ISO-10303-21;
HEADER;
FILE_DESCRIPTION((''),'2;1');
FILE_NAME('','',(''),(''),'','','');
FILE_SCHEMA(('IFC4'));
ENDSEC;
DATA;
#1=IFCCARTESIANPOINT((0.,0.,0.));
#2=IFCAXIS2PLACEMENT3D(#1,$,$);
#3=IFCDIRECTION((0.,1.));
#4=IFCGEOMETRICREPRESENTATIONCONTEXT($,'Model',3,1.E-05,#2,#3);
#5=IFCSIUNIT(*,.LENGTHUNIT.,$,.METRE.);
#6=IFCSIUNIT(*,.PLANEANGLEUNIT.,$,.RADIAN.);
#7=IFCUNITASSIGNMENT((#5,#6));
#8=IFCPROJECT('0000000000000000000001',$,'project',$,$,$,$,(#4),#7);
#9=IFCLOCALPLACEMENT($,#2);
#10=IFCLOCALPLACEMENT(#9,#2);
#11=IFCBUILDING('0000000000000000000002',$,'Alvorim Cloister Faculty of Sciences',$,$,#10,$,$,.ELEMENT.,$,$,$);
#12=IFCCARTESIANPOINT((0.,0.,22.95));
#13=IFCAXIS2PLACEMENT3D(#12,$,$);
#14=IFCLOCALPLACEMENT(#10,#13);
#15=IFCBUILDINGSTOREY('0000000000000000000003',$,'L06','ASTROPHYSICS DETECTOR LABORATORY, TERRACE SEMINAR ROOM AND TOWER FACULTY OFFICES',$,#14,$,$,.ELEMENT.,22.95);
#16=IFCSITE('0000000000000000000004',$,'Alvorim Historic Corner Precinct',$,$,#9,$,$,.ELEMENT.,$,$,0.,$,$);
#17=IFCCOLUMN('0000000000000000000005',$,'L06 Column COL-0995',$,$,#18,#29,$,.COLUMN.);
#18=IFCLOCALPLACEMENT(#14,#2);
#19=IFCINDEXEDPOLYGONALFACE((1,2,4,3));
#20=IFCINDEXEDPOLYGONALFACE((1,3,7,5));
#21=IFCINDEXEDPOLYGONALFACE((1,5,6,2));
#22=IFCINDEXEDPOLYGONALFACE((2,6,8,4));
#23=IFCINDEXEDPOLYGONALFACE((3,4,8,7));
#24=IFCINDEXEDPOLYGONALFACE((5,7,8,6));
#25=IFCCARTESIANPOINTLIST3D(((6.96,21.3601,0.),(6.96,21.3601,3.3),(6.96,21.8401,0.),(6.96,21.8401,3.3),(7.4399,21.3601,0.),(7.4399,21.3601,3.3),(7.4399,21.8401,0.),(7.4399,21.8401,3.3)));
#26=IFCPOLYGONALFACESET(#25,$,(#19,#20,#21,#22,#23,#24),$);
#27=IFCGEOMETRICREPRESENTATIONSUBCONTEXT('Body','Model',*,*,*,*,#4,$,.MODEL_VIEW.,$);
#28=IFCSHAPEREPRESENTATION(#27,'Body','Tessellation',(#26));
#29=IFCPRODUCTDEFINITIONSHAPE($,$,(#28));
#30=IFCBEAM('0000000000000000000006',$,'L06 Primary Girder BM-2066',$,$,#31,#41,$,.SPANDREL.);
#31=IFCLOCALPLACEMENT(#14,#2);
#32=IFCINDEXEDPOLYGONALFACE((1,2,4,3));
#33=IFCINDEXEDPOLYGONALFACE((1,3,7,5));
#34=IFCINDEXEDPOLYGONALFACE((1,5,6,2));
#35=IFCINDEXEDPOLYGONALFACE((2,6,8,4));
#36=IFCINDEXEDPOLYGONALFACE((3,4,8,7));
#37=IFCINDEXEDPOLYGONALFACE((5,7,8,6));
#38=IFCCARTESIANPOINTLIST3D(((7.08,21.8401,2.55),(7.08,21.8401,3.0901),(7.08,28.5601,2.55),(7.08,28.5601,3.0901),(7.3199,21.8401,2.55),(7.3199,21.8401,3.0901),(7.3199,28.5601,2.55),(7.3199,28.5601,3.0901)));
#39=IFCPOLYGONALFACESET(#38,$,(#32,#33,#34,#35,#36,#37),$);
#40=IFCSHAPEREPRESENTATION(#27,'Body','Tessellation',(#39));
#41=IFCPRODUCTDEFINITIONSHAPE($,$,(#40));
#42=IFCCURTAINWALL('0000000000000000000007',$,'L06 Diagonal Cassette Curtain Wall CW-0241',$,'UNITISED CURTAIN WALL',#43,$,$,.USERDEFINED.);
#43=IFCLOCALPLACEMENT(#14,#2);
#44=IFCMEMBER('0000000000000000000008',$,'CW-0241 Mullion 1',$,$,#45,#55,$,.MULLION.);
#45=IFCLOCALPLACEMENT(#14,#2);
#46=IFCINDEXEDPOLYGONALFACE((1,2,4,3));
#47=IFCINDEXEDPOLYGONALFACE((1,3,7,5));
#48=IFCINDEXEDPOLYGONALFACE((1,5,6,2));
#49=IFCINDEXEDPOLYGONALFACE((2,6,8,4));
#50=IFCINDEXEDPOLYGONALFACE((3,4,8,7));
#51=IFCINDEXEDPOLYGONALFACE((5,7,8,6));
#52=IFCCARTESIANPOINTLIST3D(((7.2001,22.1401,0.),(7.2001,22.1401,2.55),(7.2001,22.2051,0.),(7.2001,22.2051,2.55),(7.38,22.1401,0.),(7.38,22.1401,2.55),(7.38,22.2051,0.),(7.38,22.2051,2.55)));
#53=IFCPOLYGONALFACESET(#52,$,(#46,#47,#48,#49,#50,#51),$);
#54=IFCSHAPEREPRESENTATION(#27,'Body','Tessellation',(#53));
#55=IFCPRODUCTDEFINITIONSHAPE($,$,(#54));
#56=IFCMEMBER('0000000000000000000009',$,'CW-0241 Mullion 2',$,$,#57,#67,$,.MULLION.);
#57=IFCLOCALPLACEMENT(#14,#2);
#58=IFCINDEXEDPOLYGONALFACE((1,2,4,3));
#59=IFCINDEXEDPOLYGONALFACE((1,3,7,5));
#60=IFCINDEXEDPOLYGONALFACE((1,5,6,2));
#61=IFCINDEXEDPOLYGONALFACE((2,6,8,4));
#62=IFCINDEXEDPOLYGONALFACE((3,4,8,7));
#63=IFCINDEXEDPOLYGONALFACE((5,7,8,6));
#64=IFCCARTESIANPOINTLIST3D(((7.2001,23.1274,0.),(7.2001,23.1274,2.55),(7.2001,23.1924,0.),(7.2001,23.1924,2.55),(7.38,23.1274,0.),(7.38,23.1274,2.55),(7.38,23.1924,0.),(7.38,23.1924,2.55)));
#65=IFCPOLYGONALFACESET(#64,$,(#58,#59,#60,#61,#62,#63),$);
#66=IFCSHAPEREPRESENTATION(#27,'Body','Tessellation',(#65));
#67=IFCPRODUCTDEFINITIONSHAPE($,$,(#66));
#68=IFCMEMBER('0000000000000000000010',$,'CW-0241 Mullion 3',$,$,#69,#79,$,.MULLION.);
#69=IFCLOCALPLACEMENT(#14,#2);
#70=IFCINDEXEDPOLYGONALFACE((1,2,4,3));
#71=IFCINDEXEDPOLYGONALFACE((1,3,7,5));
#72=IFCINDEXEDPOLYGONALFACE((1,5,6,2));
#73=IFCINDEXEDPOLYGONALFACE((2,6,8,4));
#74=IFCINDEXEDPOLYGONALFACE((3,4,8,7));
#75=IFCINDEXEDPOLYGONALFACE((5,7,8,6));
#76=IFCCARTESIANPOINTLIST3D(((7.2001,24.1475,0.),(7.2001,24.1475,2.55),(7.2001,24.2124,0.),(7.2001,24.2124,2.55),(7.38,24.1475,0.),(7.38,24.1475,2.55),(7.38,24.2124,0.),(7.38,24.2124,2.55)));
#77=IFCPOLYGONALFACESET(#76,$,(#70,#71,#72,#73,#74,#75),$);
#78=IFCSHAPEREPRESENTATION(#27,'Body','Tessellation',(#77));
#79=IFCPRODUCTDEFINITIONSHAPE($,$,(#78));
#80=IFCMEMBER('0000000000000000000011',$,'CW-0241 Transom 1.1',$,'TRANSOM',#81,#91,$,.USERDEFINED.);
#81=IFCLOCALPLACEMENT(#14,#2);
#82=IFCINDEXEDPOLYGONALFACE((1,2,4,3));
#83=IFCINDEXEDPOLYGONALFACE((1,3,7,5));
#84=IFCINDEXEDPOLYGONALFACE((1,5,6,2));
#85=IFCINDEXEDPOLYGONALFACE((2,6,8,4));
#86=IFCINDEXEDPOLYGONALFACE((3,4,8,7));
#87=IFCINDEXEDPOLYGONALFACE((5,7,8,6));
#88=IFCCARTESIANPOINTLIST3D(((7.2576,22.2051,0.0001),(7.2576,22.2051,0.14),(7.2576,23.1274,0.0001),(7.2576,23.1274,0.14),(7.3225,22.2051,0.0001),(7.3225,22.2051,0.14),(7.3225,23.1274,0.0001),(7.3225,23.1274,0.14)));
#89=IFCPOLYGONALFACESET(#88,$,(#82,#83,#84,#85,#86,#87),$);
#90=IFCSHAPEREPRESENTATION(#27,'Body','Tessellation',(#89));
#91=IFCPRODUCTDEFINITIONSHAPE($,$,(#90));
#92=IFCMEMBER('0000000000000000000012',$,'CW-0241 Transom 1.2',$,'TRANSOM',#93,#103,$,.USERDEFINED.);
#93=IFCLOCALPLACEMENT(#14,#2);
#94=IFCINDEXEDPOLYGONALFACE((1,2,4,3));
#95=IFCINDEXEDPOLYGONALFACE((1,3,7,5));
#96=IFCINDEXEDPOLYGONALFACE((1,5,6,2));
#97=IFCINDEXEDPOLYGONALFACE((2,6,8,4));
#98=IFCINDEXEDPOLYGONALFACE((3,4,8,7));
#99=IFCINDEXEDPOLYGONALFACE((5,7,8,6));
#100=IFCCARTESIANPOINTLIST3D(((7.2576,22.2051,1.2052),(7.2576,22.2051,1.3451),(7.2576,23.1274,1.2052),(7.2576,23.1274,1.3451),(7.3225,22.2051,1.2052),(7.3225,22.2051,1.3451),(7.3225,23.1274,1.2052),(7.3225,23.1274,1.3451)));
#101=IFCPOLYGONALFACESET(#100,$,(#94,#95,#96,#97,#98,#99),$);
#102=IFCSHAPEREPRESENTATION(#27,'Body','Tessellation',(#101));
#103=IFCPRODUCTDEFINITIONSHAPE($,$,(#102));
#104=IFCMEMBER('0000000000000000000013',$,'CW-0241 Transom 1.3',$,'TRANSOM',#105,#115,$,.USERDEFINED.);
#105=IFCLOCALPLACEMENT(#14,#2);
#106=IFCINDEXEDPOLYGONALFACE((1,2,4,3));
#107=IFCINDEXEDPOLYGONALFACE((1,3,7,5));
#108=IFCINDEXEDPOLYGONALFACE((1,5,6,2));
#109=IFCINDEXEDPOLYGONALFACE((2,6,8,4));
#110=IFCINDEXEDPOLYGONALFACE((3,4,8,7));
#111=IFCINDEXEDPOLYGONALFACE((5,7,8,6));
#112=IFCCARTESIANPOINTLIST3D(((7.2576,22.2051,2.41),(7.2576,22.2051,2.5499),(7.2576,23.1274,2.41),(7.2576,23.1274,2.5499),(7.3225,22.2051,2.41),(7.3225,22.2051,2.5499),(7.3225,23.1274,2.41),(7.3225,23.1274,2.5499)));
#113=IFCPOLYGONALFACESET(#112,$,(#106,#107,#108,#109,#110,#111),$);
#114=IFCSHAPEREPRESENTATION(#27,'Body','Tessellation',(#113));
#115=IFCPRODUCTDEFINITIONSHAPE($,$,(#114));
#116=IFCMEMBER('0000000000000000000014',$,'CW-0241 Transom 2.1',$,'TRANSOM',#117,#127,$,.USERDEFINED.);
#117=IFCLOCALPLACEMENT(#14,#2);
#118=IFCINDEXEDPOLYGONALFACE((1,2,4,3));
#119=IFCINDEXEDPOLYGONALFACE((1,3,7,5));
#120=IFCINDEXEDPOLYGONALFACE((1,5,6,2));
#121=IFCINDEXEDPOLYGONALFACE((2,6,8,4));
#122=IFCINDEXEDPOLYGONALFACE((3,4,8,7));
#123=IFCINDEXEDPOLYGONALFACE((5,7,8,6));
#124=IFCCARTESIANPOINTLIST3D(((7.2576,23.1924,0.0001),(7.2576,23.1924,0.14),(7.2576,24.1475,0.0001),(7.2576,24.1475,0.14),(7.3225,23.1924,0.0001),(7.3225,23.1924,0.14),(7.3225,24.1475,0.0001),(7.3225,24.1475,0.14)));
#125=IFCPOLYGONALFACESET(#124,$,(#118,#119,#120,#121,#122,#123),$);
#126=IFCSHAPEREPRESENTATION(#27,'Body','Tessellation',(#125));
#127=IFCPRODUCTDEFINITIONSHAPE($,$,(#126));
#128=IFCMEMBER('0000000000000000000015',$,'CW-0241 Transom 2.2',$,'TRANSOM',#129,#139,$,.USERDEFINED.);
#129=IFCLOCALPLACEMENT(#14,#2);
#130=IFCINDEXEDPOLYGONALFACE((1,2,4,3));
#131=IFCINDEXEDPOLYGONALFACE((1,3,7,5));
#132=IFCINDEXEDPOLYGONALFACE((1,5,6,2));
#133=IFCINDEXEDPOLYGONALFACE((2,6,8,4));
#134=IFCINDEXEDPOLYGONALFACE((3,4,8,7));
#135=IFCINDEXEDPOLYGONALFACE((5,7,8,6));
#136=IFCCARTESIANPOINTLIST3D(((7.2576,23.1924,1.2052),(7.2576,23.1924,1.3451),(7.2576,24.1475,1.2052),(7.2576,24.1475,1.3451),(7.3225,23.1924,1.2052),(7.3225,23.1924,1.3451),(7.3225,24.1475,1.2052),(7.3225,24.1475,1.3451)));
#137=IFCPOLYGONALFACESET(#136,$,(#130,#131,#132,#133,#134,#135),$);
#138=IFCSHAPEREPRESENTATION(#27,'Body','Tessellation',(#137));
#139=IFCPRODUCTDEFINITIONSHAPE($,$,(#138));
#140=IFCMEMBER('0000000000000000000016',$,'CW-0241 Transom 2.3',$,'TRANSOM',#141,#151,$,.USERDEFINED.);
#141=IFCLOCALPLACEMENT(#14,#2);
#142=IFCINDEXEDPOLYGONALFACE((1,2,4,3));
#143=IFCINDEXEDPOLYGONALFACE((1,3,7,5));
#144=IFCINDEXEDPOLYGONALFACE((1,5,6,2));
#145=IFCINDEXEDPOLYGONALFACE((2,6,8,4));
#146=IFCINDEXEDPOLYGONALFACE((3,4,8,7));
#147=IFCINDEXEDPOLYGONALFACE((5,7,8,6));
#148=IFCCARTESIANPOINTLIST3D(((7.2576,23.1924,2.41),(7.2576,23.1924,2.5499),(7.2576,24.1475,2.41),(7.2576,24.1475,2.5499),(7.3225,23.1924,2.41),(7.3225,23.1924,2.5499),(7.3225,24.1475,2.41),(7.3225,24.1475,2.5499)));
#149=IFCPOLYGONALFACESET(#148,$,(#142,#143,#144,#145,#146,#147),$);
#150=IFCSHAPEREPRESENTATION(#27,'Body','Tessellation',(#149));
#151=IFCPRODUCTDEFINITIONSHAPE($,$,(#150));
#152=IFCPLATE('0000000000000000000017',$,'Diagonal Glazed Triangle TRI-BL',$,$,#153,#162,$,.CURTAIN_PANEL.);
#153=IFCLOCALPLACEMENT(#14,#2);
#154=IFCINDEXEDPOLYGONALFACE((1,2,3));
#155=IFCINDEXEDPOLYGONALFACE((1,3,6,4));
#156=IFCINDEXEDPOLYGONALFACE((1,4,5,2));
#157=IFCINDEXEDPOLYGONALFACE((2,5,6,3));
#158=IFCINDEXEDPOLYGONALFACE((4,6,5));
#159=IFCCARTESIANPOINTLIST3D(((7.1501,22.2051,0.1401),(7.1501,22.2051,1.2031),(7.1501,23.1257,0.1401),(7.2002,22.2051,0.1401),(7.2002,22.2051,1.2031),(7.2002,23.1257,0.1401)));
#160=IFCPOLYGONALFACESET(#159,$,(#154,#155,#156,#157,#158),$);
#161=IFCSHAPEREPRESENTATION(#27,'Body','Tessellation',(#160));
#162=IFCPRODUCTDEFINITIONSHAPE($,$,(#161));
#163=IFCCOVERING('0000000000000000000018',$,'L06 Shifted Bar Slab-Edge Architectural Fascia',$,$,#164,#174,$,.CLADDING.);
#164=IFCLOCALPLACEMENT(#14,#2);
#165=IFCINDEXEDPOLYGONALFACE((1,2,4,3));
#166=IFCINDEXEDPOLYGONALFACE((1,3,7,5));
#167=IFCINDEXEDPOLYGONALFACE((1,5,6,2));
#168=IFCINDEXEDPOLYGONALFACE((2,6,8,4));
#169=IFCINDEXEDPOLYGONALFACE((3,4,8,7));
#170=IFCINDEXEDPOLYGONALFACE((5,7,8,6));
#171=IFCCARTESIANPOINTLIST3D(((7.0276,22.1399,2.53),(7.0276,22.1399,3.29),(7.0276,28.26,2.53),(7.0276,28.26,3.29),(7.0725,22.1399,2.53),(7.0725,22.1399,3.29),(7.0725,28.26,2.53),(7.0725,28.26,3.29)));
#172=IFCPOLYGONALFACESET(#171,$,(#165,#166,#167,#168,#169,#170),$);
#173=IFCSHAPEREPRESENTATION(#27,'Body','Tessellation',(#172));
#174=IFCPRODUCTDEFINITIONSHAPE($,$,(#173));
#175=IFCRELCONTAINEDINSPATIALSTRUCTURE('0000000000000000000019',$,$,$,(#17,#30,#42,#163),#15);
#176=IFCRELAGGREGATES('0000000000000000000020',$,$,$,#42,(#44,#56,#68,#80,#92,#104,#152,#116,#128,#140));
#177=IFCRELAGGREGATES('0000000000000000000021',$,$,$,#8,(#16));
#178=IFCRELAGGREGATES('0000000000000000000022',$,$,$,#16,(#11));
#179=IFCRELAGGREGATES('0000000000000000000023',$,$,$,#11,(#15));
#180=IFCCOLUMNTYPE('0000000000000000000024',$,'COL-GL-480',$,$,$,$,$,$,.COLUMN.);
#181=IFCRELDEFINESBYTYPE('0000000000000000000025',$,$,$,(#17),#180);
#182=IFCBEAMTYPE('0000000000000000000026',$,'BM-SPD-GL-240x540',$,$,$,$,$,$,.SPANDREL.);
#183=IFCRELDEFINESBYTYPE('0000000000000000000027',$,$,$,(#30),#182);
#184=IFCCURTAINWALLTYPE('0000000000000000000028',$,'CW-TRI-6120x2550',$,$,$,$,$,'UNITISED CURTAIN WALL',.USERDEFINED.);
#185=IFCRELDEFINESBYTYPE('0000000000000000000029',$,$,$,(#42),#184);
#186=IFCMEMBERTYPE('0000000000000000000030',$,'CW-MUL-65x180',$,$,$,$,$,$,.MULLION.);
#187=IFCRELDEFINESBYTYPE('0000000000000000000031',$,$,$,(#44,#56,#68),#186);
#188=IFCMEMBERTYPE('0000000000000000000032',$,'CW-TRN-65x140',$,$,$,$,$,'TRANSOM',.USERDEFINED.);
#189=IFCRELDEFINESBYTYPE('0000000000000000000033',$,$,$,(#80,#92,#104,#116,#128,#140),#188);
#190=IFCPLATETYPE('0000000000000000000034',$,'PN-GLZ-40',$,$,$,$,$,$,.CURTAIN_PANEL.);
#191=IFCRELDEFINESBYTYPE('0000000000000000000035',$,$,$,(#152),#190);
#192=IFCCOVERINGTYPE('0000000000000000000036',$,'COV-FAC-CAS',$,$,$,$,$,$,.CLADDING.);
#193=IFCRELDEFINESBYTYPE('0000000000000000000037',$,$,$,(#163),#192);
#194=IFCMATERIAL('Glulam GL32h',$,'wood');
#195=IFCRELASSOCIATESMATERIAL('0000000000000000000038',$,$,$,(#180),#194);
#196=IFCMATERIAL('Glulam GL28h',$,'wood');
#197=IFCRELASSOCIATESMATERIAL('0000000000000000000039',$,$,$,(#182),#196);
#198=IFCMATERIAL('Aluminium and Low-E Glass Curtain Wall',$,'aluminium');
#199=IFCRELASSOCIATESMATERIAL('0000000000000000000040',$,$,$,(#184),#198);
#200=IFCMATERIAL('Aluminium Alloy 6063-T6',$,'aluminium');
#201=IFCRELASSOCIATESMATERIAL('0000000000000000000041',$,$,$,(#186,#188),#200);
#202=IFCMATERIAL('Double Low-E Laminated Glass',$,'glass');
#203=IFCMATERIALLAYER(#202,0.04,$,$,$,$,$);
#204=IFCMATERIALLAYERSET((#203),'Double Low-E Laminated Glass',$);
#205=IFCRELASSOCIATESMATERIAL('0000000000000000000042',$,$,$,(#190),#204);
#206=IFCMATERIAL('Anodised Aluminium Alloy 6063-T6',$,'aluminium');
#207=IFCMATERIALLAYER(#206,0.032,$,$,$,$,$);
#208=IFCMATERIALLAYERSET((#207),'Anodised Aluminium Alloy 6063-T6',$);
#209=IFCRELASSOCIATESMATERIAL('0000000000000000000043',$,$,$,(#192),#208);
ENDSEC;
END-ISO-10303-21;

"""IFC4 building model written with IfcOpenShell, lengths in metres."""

from ifc_helpers import new_model, si_unit, direction, frame, origin, origin_2d, place, context, subcontext, project, spatial, polyline, rectangle, outline, extrude, material, layer, layer_set, material_profile, profile_set, type_object, element, aggregate, save


model = new_model("IFC4")

# Units and contexts
model_context = context("Model", 3, precision=1e-05, world=origin(), true_north=direction((0.0, 1.0)))
body_context = subcontext(model_context, "Body", "Model", "MODEL_VIEW")
ifc_project = project(units=[si_unit("LENGTHUNIT", "METRE"), si_unit("PLANEANGLEUNIT", "RADIAN")], contexts=[model_context])

# Site, building, storey
site_placement = place(None, origin())
site = spatial("IfcSite", under=ifc_project, at=site_placement, Name="Alvorim Historic Corner Precinct", CompositionType="ELEMENT", RefElevation=0.0)
building_placement = place(site_placement, origin())
building = spatial("IfcBuilding", under=site, at=building_placement, Name="Alvorim Cloister Faculty of Sciences", CompositionType="ELEMENT")
storey_placement = place(building_placement, frame((0.0, 0.0, 22.95)))
storey = spatial("IfcBuildingStorey", under=building, at=storey_placement, Name="L06", Description="ASTROPHYSICS DETECTOR LABORATORY, TERRACE SEMINAR ROOM AND TOWER FACULTY OFFICES", CompositionType="ELEMENT", Elevation=22.95)

# Column
ifc_material_1 = material(Name="Glulam GL32h", Category="wood")
ifc_material_profile_1 = material_profile(ifc_material_1, rectangle(XDim=0.48, YDim=0.48, at=origin_2d()), Name="GL32-COL-480x480")
ifc_profile_set_1 = profile_set([ifc_material_profile_1], Name="Glulam GL32h")
column_type = type_object("IfcColumnType", Name="COL-GL-480", PredefinedType="COLUMN", material=ifc_profile_set_1)
column_placement = place(storey_placement, frame((7.2, 21.6001, 0.0), z_axis=(0.0, 0.0, 1.0), x_axis=(1.0, 0.0, 0.0)))
element("IfcColumn", 1, at=column_placement, inside=storey, type_object=column_type, Name="L06 Column COL-0995", PredefinedType="COLUMN", context=body_context, shape_type="SweptSolid", body=[
    extrude(rectangle(XDim=0.48, YDim=0.48, at=origin_2d()), origin(), (0.0, 0.0, 1.0), 3.3),
])

# Beam
ifc_material_2 = material(Name="Glulam GL28h", Category="wood")
ifc_material_profile_2 = material_profile(ifc_material_2, rectangle(XDim=0.24, YDim=0.54, at=origin_2d()), Name="GL28-SPD-240x540")
ifc_profile_set_2 = profile_set([ifc_material_profile_2], Name="Glulam GL28h")
beam_type = type_object("IfcBeamType", Name="BM-SPD-GL-240x540", PredefinedType="SPANDREL", material=ifc_profile_set_2)
beam_placement = place(storey_placement, frame((7.2, 21.8401, 2.8201), z_axis=(0.0, 1.0, 0.0), x_axis=(-1.0, 0.0, 0.0)))
element("IfcBeam", 2, at=beam_placement, inside=storey, type_object=beam_type, Name="L06 Primary Girder BM-2066", PredefinedType="SPANDREL", context=body_context, shape_type="SweptSolid", body=[
    extrude(rectangle(XDim=0.24, YDim=0.54, at=origin_2d()), origin(), (0.0, 0.0, 1.0), 6.72),
])

# Curtain wall, members, plate
ifc_material_3 = material(Name="Aluminium and Low-E Glass Curtain Wall", Category="aluminium")
curtain_wall_type = type_object("IfcCurtainWallType", Name="CW-TRI-6120x2550", ElementType="UNITISED CURTAIN WALL", PredefinedType="USERDEFINED", material=ifc_material_3)
curtain_wall_placement = place(storey_placement, origin())
curtain_wall = element("IfcCurtainWall", 3, at=curtain_wall_placement, inside=storey, type_object=curtain_wall_type, Name="L06 Diagonal Cassette Curtain Wall CW-0241", ObjectType="UNITISED CURTAIN WALL", PredefinedType="USERDEFINED")
ifc_material_4 = material(Name="Aluminium Alloy 6063-T6", Category="aluminium")
ifc_material_profile_3 = material_profile(ifc_material_4, rectangle(XDim=0.0649, YDim=0.1799, at=origin_2d()), Name="ALU-MUL-65x180")
ifc_profile_set_3 = profile_set([ifc_material_profile_3], Name="Aluminium Alloy 6063-T6")
member_type_1 = type_object("IfcMemberType", Name="CW-MUL-65x180", PredefinedType="MULLION", material=ifc_profile_set_3)
member_1_placement = place(storey_placement, frame((7.29, 22.1726, 0.0), z_axis=(0.0, 0.0, 1.0), x_axis=(0.0, 1.0, 0.0)))
member_1 = element("IfcMember", 4, at=member_1_placement, type_object=member_type_1, Name="CW-0241 Mullion 1", PredefinedType="MULLION", context=body_context, shape_type="SweptSolid", body=[
    extrude(rectangle(XDim=0.0649, YDim=0.1799, at=origin_2d()), origin(), (0.0, 0.0, 1.0), 2.55),
])
member_2_placement = place(storey_placement, frame((7.29, 23.1599, 0.0), z_axis=(0.0, 0.0, 1.0), x_axis=(0.0, 1.0, 0.0)))
member_2 = element("IfcMember", 5, at=member_2_placement, type_object=member_type_1, Name="CW-0241 Mullion 2", PredefinedType="MULLION", context=body_context, shape_type="SweptSolid", body=[
    extrude(rectangle(XDim=0.0649, YDim=0.1799, at=origin_2d()), origin(), (0.0, 0.0, 1.0), 2.55),
])
member_3_placement = place(storey_placement, frame((7.29, 24.1799, 0.0), z_axis=(0.0, 0.0, 1.0), x_axis=(0.0, 1.0, 0.0)))
member_3 = element("IfcMember", 6, at=member_3_placement, type_object=member_type_1, Name="CW-0241 Mullion 3", PredefinedType="MULLION", context=body_context, shape_type="SweptSolid", body=[
    extrude(rectangle(XDim=0.0649, YDim=0.1799, at=origin_2d()), origin(), (0.0, 0.0, 1.0), 2.55),
])
ifc_material_profile_4 = material_profile(ifc_material_4, rectangle(XDim=0.0649, YDim=0.1399, at=origin_2d()), Name="ALU-TRN-65x140")
ifc_profile_set_4 = profile_set([ifc_material_profile_4], Name="Aluminium Alloy 6063-T6")
member_type_2 = type_object("IfcMemberType", Name="CW-TRN-65x140", ElementType="TRANSOM", PredefinedType="USERDEFINED", material=ifc_profile_set_4)
member_4_placement = place(storey_placement, frame((7.29, 22.2051, 0.0701), z_axis=(0.0, 1.0, 0.0), x_axis=(-1.0, 0.0, 0.0)))
member_4 = element("IfcMember", 7, at=member_4_placement, type_object=member_type_2, Name="CW-0241 Transom 1.1", ObjectType="TRANSOM", PredefinedType="USERDEFINED", context=body_context, shape_type="SweptSolid", body=[
    extrude(rectangle(XDim=0.0649, YDim=0.1399, at=origin_2d()), origin(), (0.0, 0.0, 1.0), 0.9224),
])
member_5_placement = place(storey_placement, frame((7.29, 22.2051, 1.2751), z_axis=(0.0, 1.0, 0.0), x_axis=(-1.0, 0.0, 0.0)))
member_5 = element("IfcMember", 8, at=member_5_placement, type_object=member_type_2, Name="CW-0241 Transom 1.2", ObjectType="TRANSOM", PredefinedType="USERDEFINED", context=body_context, shape_type="SweptSolid", body=[
    extrude(rectangle(XDim=0.0649, YDim=0.1399, at=origin_2d()), origin(), (0.0, 0.0, 1.0), 0.9224),
])
member_6_placement = place(storey_placement, frame((7.29, 22.2051, 2.48), z_axis=(0.0, 1.0, 0.0), x_axis=(-1.0, 0.0, 0.0)))
member_6 = element("IfcMember", 9, at=member_6_placement, type_object=member_type_2, Name="CW-0241 Transom 1.3", ObjectType="TRANSOM", PredefinedType="USERDEFINED", context=body_context, shape_type="SweptSolid", body=[
    extrude(rectangle(XDim=0.0649, YDim=0.1399, at=origin_2d()), origin(), (0.0, 0.0, 1.0), 0.9224),
])
member_7_placement = place(storey_placement, frame((7.29, 23.1924, 0.0701), z_axis=(0.0, 1.0, 0.0), x_axis=(-1.0, 0.0, 0.0)))
member_7 = element("IfcMember", 10, at=member_7_placement, type_object=member_type_2, Name="CW-0241 Transom 2.1", ObjectType="TRANSOM", PredefinedType="USERDEFINED", context=body_context, shape_type="SweptSolid", body=[
    extrude(rectangle(XDim=0.0649, YDim=0.1399, at=origin_2d()), origin(), (0.0, 0.0, 1.0), 0.9551),
])
member_8_placement = place(storey_placement, frame((7.29, 23.1924, 1.2751), z_axis=(0.0, 1.0, 0.0), x_axis=(-1.0, 0.0, 0.0)))
member_8 = element("IfcMember", 11, at=member_8_placement, type_object=member_type_2, Name="CW-0241 Transom 2.2", ObjectType="TRANSOM", PredefinedType="USERDEFINED", context=body_context, shape_type="SweptSolid", body=[
    extrude(rectangle(XDim=0.0649, YDim=0.1399, at=origin_2d()), origin(), (0.0, 0.0, 1.0), 0.9551),
])
member_9_placement = place(storey_placement, frame((7.29, 23.1924, 2.48), z_axis=(0.0, 1.0, 0.0), x_axis=(-1.0, 0.0, 0.0)))
member_9 = element("IfcMember", 12, at=member_9_placement, type_object=member_type_2, Name="CW-0241 Transom 2.3", ObjectType="TRANSOM", PredefinedType="USERDEFINED", context=body_context, shape_type="SweptSolid", body=[
    extrude(rectangle(XDim=0.0649, YDim=0.1399, at=origin_2d()), origin(), (0.0, 0.0, 1.0), 0.9551),
])
ifc_material_5 = material(Name="Double Low-E Laminated Glass", Category="glass")
ifc_layer_1 = layer(ifc_material_5, 0.04)
ifc_layer_set_1 = layer_set([ifc_layer_1], Name="Double Low-E Laminated Glass")
plate_type = type_object("IfcPlateType", Name="PN-GLZ-40", PredefinedType="CURTAIN_PANEL", material=ifc_layer_set_1)
plate_1_placement = place(storey_placement, frame((7.175, 22.2051, 0.1401), z_axis=(0.0, 0.0, 1.0), x_axis=(0.0, 1.0, 0.0)))
plate_1 = element("IfcPlate", 13, at=plate_1_placement, type_object=plate_type, Name="Diagonal Glazed Triangle TRI-BL", PredefinedType="CURTAIN_PANEL", context=body_context, shape_type="SweptSolid", body=[
    extrude(outline(polyline([(0.0, 0.0), (0.9207, 0.0), (0.0, 1.063), (0.0, 0.0)])), frame((0.0, 0.0249, 0.0), z_axis=(0.0, -1.0, 0.0), x_axis=(1.0, 0.0, 0.0)), (0.0, 0.0, 1.0), 0.05),
])
aggregate(curtain_wall, [member_1, member_2, member_3, member_4, member_5, member_6, plate_1, member_7, member_8, member_9])

# Covering
ifc_material_6 = material(Name="Anodised Aluminium Alloy 6063-T6", Category="aluminium")
ifc_layer_2 = layer(ifc_material_6, 0.032)
ifc_layer_set_2 = layer_set([ifc_layer_2], Name="Anodised Aluminium Alloy 6063-T6")
covering_type = type_object("IfcCoveringType", Name="COV-FAC-CAS", PredefinedType="CLADDING", material=ifc_layer_set_2)
covering_placement = place(storey_placement, frame((7.05, 22.1399, 2.53), z_axis=(0.0, 0.0, 1.0), x_axis=(0.0, 1.0, 0.0)))
element("IfcCovering", 14, at=covering_placement, inside=storey, type_object=covering_type, Name="L06 Shifted Bar Slab-Edge Architectural Fascia", PredefinedType="CLADDING", context=body_context, shape_type="SweptSolid", body=[
    extrude(outline(polyline([(0.0, 0.0), (6.1201, 0.0), (6.1201, 0.76), (0.0, 0.76), (0.0, 0.0)])), frame((0.0, 0.0225, 0.0), z_axis=(0.0, -1.0, 0.0), x_axis=(1.0, 0.0, 0.0)), (0.0, 0.0, 1.0), 0.0449),
])

save(model, "model.ifc")
